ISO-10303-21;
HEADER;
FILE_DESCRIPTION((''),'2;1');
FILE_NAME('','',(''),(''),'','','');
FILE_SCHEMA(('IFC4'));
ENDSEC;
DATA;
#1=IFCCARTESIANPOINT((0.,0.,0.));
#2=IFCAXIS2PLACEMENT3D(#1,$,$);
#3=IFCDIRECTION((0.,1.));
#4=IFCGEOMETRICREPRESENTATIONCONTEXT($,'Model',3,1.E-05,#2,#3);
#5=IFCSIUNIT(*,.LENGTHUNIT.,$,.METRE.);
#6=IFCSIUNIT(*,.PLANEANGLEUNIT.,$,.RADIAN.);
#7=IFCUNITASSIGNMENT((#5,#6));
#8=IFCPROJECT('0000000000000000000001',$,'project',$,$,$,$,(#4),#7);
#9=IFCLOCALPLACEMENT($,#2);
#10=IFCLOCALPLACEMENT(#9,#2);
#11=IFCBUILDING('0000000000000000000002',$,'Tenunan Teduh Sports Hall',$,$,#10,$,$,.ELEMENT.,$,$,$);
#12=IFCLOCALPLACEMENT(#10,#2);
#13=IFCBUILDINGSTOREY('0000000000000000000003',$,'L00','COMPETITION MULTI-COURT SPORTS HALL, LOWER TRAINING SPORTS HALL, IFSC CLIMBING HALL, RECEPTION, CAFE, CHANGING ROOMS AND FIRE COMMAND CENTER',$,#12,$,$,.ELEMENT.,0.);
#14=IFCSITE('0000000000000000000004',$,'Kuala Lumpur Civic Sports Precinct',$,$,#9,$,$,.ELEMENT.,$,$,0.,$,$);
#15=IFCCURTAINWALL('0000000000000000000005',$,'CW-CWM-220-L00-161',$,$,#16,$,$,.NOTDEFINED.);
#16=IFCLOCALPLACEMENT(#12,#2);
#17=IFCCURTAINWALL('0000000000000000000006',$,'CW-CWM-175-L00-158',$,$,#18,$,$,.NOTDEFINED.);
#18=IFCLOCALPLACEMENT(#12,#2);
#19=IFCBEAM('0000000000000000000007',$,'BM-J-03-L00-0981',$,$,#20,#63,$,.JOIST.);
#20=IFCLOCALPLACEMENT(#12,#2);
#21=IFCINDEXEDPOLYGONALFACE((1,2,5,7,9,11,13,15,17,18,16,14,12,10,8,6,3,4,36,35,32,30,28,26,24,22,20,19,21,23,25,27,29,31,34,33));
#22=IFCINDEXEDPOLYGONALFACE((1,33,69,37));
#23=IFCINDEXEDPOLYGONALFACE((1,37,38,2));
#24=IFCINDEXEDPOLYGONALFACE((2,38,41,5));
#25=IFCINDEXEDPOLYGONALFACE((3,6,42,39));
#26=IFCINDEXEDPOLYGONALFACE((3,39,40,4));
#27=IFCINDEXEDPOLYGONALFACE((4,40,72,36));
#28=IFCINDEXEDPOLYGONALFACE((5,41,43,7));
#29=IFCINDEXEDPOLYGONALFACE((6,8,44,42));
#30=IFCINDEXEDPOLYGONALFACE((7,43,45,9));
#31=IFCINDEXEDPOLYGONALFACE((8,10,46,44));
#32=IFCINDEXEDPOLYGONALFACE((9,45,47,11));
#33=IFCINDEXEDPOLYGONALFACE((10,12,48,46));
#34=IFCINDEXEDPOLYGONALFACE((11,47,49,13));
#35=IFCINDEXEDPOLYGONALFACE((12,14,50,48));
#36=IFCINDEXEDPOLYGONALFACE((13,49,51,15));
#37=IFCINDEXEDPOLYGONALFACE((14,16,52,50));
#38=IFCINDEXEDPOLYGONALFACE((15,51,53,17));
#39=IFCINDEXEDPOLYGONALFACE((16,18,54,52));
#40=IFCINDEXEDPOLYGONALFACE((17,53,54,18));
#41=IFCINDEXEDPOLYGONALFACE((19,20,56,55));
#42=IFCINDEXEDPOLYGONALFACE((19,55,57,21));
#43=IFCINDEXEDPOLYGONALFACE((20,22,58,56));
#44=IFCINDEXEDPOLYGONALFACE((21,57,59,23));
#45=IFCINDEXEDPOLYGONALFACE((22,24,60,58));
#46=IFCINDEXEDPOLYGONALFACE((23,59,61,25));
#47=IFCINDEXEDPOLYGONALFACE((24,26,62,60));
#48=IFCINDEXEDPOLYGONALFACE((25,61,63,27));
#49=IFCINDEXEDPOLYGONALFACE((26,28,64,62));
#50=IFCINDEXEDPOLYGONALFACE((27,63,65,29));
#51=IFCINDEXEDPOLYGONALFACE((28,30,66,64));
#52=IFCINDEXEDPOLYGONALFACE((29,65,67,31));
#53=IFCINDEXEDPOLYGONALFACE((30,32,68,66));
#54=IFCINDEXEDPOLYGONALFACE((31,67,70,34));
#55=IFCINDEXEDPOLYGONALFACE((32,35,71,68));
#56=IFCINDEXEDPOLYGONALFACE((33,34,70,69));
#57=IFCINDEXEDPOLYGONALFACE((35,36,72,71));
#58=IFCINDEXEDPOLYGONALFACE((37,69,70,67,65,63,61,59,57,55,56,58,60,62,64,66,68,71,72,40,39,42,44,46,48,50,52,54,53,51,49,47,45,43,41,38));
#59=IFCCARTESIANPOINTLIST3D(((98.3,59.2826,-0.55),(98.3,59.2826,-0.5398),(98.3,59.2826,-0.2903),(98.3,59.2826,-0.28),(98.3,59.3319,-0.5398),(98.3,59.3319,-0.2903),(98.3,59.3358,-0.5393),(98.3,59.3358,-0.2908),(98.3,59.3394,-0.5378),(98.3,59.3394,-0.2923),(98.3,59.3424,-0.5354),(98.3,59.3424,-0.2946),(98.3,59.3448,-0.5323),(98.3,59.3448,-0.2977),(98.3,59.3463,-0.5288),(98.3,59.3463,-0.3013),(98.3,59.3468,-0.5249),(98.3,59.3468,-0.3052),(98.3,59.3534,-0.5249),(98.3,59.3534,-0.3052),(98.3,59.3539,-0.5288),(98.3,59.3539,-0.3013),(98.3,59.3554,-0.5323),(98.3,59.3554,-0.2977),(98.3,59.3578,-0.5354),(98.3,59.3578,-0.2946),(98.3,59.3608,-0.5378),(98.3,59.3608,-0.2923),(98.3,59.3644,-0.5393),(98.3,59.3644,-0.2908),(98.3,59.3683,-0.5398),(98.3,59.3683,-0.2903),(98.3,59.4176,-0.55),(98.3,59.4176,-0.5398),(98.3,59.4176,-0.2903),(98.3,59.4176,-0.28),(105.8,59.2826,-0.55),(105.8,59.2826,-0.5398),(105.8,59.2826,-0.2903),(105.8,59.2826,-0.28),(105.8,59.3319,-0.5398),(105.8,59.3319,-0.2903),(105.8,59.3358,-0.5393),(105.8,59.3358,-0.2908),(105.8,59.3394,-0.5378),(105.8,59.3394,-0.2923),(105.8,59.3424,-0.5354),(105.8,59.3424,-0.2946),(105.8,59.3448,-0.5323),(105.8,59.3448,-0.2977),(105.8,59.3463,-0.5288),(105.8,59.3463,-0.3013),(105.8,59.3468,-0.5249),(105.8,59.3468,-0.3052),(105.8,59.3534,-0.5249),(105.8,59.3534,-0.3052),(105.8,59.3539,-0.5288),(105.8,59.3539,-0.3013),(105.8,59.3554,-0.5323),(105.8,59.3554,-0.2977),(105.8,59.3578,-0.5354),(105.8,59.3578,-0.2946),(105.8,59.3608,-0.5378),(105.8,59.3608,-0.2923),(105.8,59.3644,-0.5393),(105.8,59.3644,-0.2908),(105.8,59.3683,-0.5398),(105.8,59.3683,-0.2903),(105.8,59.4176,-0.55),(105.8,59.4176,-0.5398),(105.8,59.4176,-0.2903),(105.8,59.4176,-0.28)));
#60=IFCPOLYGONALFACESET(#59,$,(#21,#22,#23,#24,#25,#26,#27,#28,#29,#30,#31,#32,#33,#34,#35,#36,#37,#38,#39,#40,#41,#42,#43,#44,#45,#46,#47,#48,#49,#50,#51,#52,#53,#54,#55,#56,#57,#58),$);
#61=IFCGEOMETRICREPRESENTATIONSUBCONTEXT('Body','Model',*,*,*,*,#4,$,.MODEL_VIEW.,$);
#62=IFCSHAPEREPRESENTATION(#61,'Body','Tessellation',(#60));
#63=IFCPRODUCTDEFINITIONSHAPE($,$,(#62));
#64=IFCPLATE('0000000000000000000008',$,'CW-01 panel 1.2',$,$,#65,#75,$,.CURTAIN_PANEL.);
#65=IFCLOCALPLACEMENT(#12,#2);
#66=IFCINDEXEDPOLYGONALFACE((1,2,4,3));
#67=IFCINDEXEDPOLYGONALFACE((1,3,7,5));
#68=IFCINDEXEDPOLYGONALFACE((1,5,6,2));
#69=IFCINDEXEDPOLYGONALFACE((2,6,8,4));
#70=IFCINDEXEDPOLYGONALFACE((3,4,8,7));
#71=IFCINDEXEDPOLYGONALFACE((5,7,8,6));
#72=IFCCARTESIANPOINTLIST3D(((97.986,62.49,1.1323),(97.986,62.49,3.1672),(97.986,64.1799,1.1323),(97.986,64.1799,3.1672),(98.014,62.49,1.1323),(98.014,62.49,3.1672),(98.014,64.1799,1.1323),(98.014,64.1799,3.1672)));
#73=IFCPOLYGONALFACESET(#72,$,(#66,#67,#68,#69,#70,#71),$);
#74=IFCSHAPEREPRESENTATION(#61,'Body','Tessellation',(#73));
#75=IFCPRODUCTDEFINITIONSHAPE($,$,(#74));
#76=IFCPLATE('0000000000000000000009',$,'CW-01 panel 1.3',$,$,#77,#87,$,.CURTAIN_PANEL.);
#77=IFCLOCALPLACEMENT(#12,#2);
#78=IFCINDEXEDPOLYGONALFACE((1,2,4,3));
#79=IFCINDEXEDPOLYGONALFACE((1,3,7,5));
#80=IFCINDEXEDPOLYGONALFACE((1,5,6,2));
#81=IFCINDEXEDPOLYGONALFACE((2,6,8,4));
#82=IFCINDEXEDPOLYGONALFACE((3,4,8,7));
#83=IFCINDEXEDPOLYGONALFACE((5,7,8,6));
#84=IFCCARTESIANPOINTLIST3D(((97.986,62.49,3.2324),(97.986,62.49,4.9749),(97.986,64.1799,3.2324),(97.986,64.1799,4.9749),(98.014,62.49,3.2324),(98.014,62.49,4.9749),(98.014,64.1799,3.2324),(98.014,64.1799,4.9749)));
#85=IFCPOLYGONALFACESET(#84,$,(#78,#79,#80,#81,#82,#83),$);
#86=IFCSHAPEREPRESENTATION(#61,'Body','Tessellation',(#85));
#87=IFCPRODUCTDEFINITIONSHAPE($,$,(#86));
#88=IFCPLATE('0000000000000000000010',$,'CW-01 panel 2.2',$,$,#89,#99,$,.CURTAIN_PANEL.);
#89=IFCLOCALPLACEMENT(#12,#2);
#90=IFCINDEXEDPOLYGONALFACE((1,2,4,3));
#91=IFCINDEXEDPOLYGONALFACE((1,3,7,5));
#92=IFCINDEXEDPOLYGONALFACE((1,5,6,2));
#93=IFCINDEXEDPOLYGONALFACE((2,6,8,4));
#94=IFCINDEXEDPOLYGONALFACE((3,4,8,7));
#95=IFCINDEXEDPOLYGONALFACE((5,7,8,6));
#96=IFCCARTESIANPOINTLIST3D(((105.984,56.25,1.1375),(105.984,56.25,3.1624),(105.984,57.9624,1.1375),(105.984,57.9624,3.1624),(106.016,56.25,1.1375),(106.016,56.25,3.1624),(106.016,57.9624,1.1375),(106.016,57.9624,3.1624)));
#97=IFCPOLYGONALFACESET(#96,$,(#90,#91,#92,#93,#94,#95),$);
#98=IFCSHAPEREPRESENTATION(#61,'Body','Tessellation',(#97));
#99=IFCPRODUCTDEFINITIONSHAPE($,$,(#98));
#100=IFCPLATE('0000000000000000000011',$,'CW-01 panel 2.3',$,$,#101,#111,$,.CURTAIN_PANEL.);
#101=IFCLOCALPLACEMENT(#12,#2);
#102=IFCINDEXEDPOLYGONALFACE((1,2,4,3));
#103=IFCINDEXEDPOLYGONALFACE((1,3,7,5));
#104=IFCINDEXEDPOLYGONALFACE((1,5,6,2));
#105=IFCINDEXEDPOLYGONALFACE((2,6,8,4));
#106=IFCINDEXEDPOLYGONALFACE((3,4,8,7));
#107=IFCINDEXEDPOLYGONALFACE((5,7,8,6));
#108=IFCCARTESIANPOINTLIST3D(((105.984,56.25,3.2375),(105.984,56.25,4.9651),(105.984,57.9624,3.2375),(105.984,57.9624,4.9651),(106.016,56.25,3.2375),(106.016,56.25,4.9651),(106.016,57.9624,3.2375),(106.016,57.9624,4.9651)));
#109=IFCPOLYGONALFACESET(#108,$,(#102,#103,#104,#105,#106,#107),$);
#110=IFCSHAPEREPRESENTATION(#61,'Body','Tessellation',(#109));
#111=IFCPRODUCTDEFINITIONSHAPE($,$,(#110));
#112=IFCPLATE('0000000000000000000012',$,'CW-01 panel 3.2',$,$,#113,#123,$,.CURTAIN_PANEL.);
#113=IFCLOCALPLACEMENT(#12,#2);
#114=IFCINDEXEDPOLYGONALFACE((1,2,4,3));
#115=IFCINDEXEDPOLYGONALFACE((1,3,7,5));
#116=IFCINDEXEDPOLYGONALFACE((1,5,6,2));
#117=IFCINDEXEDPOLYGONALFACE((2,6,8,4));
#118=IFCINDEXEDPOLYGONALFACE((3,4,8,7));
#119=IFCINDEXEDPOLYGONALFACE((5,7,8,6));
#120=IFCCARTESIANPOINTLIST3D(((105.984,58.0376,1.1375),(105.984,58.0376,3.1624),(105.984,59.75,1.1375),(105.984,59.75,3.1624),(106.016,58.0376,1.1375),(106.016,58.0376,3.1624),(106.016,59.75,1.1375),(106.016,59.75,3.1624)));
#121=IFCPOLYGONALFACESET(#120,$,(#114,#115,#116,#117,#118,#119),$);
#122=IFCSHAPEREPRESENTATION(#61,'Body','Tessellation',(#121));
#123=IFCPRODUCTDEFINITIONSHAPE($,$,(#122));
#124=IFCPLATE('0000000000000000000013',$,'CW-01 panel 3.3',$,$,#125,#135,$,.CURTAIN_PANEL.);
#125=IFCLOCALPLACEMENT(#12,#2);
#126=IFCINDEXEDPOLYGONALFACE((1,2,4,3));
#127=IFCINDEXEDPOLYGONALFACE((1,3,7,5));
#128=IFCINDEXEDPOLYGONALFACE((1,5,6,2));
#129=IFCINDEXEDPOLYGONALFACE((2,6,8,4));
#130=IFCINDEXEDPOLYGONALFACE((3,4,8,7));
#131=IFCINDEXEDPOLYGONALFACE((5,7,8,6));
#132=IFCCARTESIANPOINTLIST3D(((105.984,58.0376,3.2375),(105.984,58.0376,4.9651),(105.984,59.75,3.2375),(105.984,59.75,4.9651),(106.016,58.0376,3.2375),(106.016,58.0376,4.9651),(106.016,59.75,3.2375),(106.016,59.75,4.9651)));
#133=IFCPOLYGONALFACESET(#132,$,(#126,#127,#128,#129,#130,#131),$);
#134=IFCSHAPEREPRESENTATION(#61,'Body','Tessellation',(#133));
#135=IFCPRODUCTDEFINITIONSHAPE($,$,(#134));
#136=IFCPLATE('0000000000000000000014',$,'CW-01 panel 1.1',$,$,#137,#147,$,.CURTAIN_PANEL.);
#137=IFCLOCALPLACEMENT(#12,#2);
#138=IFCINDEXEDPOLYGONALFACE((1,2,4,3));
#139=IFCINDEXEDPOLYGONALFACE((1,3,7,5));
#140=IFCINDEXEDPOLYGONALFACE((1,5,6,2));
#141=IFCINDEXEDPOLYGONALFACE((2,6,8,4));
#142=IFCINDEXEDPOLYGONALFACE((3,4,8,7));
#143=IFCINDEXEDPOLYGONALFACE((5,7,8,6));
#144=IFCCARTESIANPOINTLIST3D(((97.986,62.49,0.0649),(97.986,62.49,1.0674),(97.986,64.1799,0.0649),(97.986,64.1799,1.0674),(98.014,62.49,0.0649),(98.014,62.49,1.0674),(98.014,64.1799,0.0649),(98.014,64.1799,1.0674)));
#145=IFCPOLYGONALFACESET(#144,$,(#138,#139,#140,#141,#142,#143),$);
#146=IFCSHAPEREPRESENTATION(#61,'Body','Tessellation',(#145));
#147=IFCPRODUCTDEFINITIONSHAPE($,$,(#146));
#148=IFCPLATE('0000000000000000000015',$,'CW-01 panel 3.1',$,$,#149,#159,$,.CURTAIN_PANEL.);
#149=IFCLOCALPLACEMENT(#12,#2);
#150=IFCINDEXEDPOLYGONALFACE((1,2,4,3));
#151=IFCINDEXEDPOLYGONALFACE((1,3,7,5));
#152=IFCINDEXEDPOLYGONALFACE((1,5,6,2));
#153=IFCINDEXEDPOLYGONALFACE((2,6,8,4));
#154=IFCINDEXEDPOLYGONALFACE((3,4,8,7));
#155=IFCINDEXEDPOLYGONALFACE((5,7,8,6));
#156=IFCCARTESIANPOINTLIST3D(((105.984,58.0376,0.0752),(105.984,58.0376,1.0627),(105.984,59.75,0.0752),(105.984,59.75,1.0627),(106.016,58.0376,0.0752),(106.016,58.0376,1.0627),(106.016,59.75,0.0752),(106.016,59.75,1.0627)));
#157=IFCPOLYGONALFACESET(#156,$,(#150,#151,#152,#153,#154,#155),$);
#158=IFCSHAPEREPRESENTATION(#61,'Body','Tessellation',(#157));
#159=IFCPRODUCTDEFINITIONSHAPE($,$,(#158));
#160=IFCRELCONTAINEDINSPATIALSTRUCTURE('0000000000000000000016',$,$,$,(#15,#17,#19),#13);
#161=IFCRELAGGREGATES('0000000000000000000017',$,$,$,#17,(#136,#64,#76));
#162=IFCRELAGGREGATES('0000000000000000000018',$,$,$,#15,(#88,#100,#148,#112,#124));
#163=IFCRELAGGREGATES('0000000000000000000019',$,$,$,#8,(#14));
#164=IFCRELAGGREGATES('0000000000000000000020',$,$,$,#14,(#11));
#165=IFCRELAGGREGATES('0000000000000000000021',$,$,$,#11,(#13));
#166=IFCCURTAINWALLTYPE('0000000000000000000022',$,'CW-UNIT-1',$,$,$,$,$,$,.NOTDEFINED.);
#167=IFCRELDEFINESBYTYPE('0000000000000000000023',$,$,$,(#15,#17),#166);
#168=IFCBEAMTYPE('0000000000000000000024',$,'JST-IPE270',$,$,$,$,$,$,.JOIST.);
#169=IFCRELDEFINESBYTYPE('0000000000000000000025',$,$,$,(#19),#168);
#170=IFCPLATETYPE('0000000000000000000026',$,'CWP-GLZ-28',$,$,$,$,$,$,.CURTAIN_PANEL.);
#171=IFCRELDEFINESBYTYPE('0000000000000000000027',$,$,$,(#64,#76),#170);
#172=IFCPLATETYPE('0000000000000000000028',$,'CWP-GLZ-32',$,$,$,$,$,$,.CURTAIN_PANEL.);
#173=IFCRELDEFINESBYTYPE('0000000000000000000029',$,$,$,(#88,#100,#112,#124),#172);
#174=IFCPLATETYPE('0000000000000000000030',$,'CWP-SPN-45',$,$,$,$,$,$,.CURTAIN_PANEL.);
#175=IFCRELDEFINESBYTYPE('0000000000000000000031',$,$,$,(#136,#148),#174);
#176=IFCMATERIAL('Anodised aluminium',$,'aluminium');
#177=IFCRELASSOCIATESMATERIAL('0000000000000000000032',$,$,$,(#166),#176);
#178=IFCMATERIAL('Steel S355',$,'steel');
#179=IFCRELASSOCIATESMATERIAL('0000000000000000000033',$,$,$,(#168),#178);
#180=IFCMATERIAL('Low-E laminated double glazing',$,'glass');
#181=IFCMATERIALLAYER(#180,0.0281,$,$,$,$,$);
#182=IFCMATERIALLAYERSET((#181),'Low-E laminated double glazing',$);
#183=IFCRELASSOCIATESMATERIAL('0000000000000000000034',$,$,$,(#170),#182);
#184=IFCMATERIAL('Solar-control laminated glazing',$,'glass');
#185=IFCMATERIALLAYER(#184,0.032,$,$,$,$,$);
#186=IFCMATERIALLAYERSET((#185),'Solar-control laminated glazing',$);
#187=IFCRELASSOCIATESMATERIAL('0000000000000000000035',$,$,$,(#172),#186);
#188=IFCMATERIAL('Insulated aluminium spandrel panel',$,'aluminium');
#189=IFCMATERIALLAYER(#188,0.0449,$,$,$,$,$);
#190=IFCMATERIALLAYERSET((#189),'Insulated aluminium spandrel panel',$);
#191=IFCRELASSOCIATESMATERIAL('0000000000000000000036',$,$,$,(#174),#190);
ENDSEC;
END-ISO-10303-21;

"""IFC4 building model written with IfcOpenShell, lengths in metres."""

from ifc_helpers import new_model, si_unit, direction, frame, origin, origin_2d, place, context, subcontext, project, spatial, rectangle, i_section, extrude, material, layer, layer_set, material_profile, profile_set, type_object, element, aggregate, save


model = new_model("IFC4")

# Units and contexts
model_context = context("Model", 3, precision=1e-05, world=origin(), true_north=direction((0.0, 1.0)))
body_context = subcontext(model_context, "Body", "Model", "MODEL_VIEW")
ifc_project = project(units=[si_unit("LENGTHUNIT", "METRE"), si_unit("PLANEANGLEUNIT", "RADIAN")], contexts=[model_context])

# Site, building, storey
site_placement = place(None, origin())
site = spatial("IfcSite", under=ifc_project, at=site_placement, Name="Kuala Lumpur Civic Sports Precinct", CompositionType="ELEMENT", RefElevation=0.0)
building_placement = place(site_placement, origin())
building = spatial("IfcBuilding", under=site, at=building_placement, Name="Tenunan Teduh Sports Hall", CompositionType="ELEMENT")
storey_placement = place(building_placement, origin())
storey = spatial("IfcBuildingStorey", under=building, at=storey_placement, Name="L00", Description="COMPETITION MULTI-COURT SPORTS HALL, LOWER TRAINING SPORTS HALL, IFSC CLIMBING HALL, RECEPTION, CAFE, CHANGING ROOMS AND FIRE COMMAND CENTER", CompositionType="ELEMENT", Elevation=0.0)

# Curtain walls
ifc_material_1 = material(Name="Anodised aluminium", Category="aluminium")
curtain_wall_type = type_object("IfcCurtainWallType", Name="CW-UNIT-1", PredefinedType="NOTDEFINED", material=ifc_material_1)
curtain_wall_1_placement = place(storey_placement, origin())
curtain_wall_1 = element("IfcCurtainWall", 1, at=curtain_wall_1_placement, inside=storey, type_object=curtain_wall_type, Name="CW-CWM-220-L00-161", PredefinedType="NOTDEFINED")
curtain_wall_2_placement = place(storey_placement, origin())
curtain_wall_2 = element("IfcCurtainWall", 2, at=curtain_wall_2_placement, inside=storey, type_object=curtain_wall_type, Name="CW-CWM-175-L00-158", PredefinedType="NOTDEFINED")

# Beam
ifc_material_2 = material(Name="Steel S355", Category="steel")
ifc_material_profile_1 = material_profile(ifc_material_2, i_section(OverallWidth=0.135, OverallDepth=0.27, WebThickness=0.0066, FlangeThickness=0.0103, FilletRadius=0.0149, at=origin_2d()), Name="IPE 270")
ifc_profile_set_1 = profile_set([ifc_material_profile_1], Name="Steel S355")
beam_type = type_object("IfcBeamType", Name="JST-IPE270", PredefinedType="JOIST", material=ifc_profile_set_1)
beam_placement = place(storey_placement, frame((98.3, 59.3501, -0.415), z_axis=(1.0, 0.0, 0.0), x_axis=(0.0, 1.0, 0.0)))
element("IfcBeam", 3, at=beam_placement, inside=storey, type_object=beam_type, Name="BM-J-03-L00-0981", PredefinedType="JOIST", context=body_context, shape_type="SweptSolid", body=[
    extrude(i_section(OverallWidth=0.135, OverallDepth=0.27, WebThickness=0.0066, FlangeThickness=0.0103, FilletRadius=0.0149, at=origin_2d()), origin(), (0.0, 0.0, 1.0), 7.5),
])

# Plates
ifc_material_3 = material(Name="Low-E laminated double glazing", Category="glass")
ifc_layer_1 = layer(ifc_material_3, 0.0281)
ifc_layer_set_1 = layer_set([ifc_layer_1], Name="Low-E laminated double glazing")
plate_type_1 = type_object("IfcPlateType", Name="CWP-GLZ-28", PredefinedType="CURTAIN_PANEL", material=ifc_layer_set_1)
plate_1_placement = place(storey_placement, frame((98.0, 63.335, 1.1323), z_axis=(0.0, 0.0, 1.0), x_axis=(0.0, 1.0, 0.0)))
plate_1 = element("IfcPlate", 4, at=plate_1_placement, type_object=plate_type_1, Name="CW-01 panel 1.2", PredefinedType="CURTAIN_PANEL", context=body_context, shape_type="SweptSolid", body=[
    extrude(rectangle(XDim=1.6899, YDim=0.0281, at=origin_2d()), origin(), (0.0, 0.0, 1.0), 2.0349),
])
plate_2_placement = place(storey_placement, frame((98.0, 63.335, 3.2324), z_axis=(0.0, 0.0, 1.0), x_axis=(0.0, 1.0, 0.0)))
plate_2 = element("IfcPlate", 5, at=plate_2_placement, type_object=plate_type_1, Name="CW-01 panel 1.3", PredefinedType="CURTAIN_PANEL", context=body_context, shape_type="SweptSolid", body=[
    extrude(rectangle(XDim=1.6899, YDim=0.0281, at=origin_2d()), origin(), (0.0, 0.0, 1.0), 1.7424),
])
ifc_material_4 = material(Name="Solar-control laminated glazing", Category="glass")
ifc_layer_2 = layer(ifc_material_4, 0.032)
ifc_layer_set_2 = layer_set([ifc_layer_2], Name="Solar-control laminated glazing")
plate_type_2 = type_object("IfcPlateType", Name="CWP-GLZ-32", PredefinedType="CURTAIN_PANEL", material=ifc_layer_set_2)
plate_3_placement = place(storey_placement, frame((106.0, 57.1062, 1.1375), z_axis=(0.0, 0.0, 1.0), x_axis=(0.0, 1.0, 0.0)))
plate_3 = element("IfcPlate", 6, at=plate_3_placement, type_object=plate_type_2, Name="CW-01 panel 2.2", PredefinedType="CURTAIN_PANEL", context=body_context, shape_type="SweptSolid", body=[
    extrude(rectangle(XDim=1.7124, YDim=0.032, at=origin_2d()), origin(), (0.0, 0.0, 1.0), 2.0249),
])
plate_4_placement = place(storey_placement, frame((106.0, 57.1062, 3.2375), z_axis=(0.0, 0.0, 1.0), x_axis=(0.0, 1.0, 0.0)))
plate_4 = element("IfcPlate", 7, at=plate_4_placement, type_object=plate_type_2, Name="CW-01 panel 2.3", PredefinedType="CURTAIN_PANEL", context=body_context, shape_type="SweptSolid", body=[
    extrude(rectangle(XDim=1.7124, YDim=0.032, at=origin_2d()), origin(), (0.0, 0.0, 1.0), 1.7275),
])
plate_5_placement = place(storey_placement, frame((106.0, 58.8938, 1.1375), z_axis=(0.0, 0.0, 1.0), x_axis=(0.0, 1.0, 0.0)))
plate_5 = element("IfcPlate", 8, at=plate_5_placement, type_object=plate_type_2, Name="CW-01 panel 3.2", PredefinedType="CURTAIN_PANEL", context=body_context, shape_type="SweptSolid", body=[
    extrude(rectangle(XDim=1.7124, YDim=0.032, at=origin_2d()), origin(), (0.0, 0.0, 1.0), 2.0249),
])
plate_6_placement = place(storey_placement, frame((106.0, 58.8938, 3.2375), z_axis=(0.0, 0.0, 1.0), x_axis=(0.0, 1.0, 0.0)))
plate_6 = element("IfcPlate", 9, at=plate_6_placement, type_object=plate_type_2, Name="CW-01 panel 3.3", PredefinedType="CURTAIN_PANEL", context=body_context, shape_type="SweptSolid", body=[
    extrude(rectangle(XDim=1.7124, YDim=0.032, at=origin_2d()), origin(), (0.0, 0.0, 1.0), 1.7275),
])
ifc_material_5 = material(Name="Insulated aluminium spandrel panel", Category="aluminium")
ifc_layer_3 = layer(ifc_material_5, 0.0449)
ifc_layer_set_3 = layer_set([ifc_layer_3], Name="Insulated aluminium spandrel panel")
plate_type_3 = type_object("IfcPlateType", Name="CWP-SPN-45", PredefinedType="CURTAIN_PANEL", material=ifc_layer_set_3)
plate_7_placement = place(storey_placement, frame((98.0, 63.335, 0.0649), z_axis=(0.0, 0.0, 1.0), x_axis=(0.0, 1.0, 0.0)))
plate_7 = element("IfcPlate", 10, at=plate_7_placement, type_object=plate_type_3, Name="CW-01 panel 1.1", PredefinedType="CURTAIN_PANEL", context=body_context, shape_type="SweptSolid", body=[
    extrude(rectangle(XDim=1.6899, YDim=0.0281, at=origin_2d()), origin(), (0.0, 0.0, 1.0), 1.0024),
])
aggregate(curtain_wall_2, [plate_7, plate_1, plate_2])
plate_8_placement = place(storey_placement, frame((106.0, 58.8938, 0.0752), z_axis=(0.0, 0.0, 1.0), x_axis=(0.0, 1.0, 0.0)))
plate_8 = element("IfcPlate", 11, at=plate_8_placement, type_object=plate_type_3, Name="CW-01 panel 3.1", PredefinedType="CURTAIN_PANEL", context=body_context, shape_type="SweptSolid", body=[
    extrude(rectangle(XDim=1.7124, YDim=0.032, at=origin_2d()), origin(), (0.0, 0.0, 1.0), 0.9875),
])
aggregate(curtain_wall_1, [plate_3, plate_4, plate_8, plate_5, plate_6])

save(model, "model.ifc")
